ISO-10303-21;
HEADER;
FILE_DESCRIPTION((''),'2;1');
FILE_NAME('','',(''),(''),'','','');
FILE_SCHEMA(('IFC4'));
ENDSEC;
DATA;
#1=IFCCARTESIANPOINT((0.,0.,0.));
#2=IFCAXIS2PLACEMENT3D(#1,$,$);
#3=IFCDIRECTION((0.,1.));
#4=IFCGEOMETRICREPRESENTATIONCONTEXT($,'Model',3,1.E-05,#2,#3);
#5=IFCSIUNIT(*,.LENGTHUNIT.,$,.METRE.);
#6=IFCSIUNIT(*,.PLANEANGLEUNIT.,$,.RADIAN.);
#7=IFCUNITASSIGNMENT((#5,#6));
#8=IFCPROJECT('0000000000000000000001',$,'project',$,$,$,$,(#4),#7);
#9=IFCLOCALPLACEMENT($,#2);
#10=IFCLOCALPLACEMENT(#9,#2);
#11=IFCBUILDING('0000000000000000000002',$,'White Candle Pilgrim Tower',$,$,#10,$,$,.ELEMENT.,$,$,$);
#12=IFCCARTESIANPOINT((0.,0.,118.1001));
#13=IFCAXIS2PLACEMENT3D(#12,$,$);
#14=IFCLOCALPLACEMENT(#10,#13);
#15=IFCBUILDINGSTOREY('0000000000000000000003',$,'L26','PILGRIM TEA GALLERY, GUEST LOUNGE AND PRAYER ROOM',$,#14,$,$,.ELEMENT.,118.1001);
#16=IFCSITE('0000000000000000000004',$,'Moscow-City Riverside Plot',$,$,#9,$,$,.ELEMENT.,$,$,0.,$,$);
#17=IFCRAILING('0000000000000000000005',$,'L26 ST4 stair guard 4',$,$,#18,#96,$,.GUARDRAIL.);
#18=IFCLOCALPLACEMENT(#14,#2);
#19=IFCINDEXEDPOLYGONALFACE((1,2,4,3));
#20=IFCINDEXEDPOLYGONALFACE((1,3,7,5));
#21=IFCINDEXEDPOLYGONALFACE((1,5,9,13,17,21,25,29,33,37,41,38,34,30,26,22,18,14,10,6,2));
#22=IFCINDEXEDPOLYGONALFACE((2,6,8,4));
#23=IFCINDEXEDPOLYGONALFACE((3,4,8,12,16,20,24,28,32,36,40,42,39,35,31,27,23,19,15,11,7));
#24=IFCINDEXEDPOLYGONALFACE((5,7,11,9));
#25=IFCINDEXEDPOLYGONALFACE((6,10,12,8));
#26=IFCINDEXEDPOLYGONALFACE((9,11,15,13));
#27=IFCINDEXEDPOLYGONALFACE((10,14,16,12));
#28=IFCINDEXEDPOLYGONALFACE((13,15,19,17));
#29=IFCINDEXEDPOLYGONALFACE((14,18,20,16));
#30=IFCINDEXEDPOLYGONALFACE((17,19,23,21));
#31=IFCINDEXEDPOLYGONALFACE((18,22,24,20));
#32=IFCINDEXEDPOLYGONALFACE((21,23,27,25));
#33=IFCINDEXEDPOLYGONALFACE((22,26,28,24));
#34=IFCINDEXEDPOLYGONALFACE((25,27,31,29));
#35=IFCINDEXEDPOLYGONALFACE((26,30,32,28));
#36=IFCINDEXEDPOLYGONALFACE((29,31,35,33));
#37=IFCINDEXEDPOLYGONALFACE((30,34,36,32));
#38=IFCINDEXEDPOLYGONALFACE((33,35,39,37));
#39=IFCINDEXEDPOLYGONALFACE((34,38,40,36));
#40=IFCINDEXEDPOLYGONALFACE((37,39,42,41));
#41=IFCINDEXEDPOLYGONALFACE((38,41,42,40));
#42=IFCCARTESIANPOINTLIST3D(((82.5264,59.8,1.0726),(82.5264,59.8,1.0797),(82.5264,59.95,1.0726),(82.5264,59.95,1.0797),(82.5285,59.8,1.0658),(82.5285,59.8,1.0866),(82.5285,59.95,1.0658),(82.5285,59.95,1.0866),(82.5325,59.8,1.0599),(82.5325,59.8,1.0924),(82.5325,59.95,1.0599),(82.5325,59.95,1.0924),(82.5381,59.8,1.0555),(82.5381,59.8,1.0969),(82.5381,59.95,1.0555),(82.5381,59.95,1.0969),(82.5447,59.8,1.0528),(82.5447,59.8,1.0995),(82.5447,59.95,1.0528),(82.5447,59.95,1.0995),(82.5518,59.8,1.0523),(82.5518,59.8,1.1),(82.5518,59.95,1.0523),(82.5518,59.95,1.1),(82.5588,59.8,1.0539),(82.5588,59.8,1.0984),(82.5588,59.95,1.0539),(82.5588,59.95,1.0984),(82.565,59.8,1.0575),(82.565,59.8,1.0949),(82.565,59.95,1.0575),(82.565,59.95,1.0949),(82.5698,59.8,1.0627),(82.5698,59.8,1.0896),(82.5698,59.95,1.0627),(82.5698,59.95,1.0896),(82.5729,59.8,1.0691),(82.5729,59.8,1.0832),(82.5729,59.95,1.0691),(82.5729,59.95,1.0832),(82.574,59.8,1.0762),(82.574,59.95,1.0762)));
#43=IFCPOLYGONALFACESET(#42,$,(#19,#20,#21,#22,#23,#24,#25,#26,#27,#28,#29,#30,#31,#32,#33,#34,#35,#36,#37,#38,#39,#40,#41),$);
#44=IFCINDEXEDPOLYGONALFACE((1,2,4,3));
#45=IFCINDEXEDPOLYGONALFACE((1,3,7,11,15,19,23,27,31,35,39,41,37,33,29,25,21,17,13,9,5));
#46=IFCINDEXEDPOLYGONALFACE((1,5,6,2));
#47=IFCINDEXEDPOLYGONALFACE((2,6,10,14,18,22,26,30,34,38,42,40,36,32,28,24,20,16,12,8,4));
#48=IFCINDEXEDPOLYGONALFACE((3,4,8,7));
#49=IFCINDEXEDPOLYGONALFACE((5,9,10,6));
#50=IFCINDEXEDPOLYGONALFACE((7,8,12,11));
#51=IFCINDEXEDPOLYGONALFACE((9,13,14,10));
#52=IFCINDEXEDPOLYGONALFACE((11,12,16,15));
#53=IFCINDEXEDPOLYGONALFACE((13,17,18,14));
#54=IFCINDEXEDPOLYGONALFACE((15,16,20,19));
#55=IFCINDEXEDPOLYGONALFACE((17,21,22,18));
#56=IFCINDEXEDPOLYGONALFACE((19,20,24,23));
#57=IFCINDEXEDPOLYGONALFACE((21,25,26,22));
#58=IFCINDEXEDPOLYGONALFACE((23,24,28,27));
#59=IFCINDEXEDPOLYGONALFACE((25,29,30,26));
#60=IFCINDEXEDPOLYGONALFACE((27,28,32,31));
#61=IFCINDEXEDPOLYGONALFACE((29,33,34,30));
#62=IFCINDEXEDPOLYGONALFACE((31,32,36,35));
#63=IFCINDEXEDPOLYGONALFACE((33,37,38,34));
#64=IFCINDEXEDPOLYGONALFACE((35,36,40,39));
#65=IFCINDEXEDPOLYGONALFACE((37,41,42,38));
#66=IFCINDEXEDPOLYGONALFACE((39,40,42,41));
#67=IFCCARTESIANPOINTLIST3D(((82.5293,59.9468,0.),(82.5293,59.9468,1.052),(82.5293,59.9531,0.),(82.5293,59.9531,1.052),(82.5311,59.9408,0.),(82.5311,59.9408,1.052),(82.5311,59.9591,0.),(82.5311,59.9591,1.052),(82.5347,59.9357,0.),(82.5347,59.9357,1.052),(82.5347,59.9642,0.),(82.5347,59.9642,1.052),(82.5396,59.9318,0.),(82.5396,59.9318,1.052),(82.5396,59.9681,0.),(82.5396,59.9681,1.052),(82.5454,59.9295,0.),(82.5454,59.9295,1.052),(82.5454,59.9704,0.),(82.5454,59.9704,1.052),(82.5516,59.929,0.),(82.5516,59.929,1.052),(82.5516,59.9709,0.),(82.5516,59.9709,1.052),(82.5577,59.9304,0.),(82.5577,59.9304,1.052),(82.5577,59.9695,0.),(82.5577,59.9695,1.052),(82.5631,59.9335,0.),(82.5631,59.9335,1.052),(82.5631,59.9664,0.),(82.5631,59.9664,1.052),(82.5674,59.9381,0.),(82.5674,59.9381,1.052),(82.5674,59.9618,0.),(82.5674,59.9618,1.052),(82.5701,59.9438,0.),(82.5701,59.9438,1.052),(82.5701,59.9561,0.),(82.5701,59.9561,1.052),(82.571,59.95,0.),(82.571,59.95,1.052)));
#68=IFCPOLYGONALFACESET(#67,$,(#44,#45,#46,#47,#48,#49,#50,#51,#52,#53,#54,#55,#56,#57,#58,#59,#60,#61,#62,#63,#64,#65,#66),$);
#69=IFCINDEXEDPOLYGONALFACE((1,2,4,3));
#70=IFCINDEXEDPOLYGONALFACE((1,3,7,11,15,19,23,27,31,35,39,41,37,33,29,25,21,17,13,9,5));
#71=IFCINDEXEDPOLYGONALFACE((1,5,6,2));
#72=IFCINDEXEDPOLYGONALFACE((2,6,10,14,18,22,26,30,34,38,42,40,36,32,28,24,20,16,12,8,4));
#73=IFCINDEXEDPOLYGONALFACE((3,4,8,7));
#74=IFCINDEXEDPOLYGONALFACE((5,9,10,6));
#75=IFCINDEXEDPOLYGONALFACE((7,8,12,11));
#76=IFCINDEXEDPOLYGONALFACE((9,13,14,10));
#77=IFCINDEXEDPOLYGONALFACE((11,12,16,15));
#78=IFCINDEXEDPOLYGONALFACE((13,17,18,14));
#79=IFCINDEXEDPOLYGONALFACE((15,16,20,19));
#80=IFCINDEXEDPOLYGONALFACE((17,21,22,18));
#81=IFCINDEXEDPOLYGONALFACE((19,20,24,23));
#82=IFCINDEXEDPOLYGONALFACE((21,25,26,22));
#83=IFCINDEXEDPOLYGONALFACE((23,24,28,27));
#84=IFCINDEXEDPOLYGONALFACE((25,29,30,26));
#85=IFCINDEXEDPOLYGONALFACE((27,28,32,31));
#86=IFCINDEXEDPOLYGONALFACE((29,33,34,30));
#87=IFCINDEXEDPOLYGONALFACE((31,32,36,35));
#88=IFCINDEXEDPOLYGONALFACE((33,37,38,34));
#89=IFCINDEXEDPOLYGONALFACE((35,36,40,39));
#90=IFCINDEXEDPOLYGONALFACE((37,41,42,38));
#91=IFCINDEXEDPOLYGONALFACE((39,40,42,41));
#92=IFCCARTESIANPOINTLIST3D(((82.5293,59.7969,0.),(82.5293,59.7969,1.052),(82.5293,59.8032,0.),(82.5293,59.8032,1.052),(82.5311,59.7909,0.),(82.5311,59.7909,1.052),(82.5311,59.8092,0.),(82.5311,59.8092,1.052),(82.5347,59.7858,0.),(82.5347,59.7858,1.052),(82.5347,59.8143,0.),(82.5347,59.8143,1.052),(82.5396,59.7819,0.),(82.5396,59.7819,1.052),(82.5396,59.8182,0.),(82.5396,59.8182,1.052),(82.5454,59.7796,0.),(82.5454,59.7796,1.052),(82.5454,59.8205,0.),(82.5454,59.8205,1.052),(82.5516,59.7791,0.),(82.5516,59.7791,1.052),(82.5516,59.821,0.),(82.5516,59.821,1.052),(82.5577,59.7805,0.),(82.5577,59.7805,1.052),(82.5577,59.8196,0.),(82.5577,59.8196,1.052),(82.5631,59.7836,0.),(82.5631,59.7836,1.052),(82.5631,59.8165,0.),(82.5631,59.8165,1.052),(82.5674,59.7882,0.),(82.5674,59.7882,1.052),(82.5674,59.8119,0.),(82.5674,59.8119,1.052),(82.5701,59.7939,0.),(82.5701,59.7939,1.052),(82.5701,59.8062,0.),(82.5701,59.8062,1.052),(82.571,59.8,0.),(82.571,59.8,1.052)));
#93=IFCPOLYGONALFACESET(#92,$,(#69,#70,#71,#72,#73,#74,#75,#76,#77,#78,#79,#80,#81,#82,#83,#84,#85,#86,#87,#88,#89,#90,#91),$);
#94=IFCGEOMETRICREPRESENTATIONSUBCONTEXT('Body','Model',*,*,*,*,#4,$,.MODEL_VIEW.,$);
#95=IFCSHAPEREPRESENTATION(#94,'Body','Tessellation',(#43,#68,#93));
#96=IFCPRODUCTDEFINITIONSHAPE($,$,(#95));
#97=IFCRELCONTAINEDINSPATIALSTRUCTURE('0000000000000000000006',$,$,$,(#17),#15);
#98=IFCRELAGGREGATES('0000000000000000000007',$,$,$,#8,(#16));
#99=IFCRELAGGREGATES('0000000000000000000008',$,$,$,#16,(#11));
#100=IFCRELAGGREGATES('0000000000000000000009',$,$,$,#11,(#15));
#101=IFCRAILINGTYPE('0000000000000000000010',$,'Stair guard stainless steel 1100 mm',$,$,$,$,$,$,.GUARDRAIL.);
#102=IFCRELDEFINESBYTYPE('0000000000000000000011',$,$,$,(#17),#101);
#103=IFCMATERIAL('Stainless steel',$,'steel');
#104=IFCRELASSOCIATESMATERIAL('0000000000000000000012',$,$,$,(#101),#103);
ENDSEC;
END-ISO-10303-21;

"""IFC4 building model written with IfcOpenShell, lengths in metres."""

from ifc_helpers import new_model, si_unit, direction, frame, origin, origin_2d, place, context, subcontext, project, spatial, circle, extrude, material, type_object, element, save


model = new_model("IFC4")

# Units and contexts
model_context = context("Model", 3, precision=1e-05, world=origin(), true_north=direction((0.0, 1.0)))
body_context = subcontext(model_context, "Body", "Model", "MODEL_VIEW")
ifc_project = project(units=[si_unit("LENGTHUNIT", "METRE"), si_unit("PLANEANGLEUNIT", "RADIAN")], contexts=[model_context])

# Site, building, storey
site_placement = place(None, origin())
site = spatial("IfcSite", under=ifc_project, at=site_placement, Name="Moscow-City Riverside Plot", CompositionType="ELEMENT", RefElevation=0.0)
building_placement = place(site_placement, origin())
building = spatial("IfcBuilding", under=site, at=building_placement, Name="White Candle Pilgrim Tower", CompositionType="ELEMENT")
storey_placement = place(building_placement, frame((0.0, 0.0, 118.1001)))
storey = spatial("IfcBuildingStorey", under=building, at=storey_placement, Name="L26", Description="PILGRIM TEA GALLERY, GUEST LOUNGE AND PRAYER ROOM", CompositionType="ELEMENT", Elevation=118.1001)

# Railing
ifc_material_1 = material(Name="Stainless steel", Category="steel")
railing_type_1 = type_object("IfcRailingType", Name="Stair guard stainless steel 1100 mm", PredefinedType="GUARDRAIL", material=ifc_material_1)
railing_1_placement = place(storey_placement, frame((82.55, 59.95, 0.0)))
element("IfcRailing", 1, at=railing_1_placement, inside=storey, type_object=railing_type_1, Name="L26 ST4 stair guard 4", PredefinedType="GUARDRAIL", context=body_context, shape_type="SweptSolid", body=[
    extrude(circle(Radius=0.0239, at=origin_2d()), frame((0.0, 0.0, 1.0762), z_axis=(0.0, -1.0, 0.0), x_axis=(1.0, 0.0, 0.0)), (0.0, 0.0, 1.0), 0.1499),
    extrude(circle(Radius=0.021, at=origin_2d()), origin(), (0.0, 0.0, 1.0), 1.052),
    extrude(circle(Radius=0.021, at=origin_2d()), frame((0.0, -0.1499, 0.0)), (0.0, 0.0, 1.0), 1.052),
])

save(model, "model.ifc")
